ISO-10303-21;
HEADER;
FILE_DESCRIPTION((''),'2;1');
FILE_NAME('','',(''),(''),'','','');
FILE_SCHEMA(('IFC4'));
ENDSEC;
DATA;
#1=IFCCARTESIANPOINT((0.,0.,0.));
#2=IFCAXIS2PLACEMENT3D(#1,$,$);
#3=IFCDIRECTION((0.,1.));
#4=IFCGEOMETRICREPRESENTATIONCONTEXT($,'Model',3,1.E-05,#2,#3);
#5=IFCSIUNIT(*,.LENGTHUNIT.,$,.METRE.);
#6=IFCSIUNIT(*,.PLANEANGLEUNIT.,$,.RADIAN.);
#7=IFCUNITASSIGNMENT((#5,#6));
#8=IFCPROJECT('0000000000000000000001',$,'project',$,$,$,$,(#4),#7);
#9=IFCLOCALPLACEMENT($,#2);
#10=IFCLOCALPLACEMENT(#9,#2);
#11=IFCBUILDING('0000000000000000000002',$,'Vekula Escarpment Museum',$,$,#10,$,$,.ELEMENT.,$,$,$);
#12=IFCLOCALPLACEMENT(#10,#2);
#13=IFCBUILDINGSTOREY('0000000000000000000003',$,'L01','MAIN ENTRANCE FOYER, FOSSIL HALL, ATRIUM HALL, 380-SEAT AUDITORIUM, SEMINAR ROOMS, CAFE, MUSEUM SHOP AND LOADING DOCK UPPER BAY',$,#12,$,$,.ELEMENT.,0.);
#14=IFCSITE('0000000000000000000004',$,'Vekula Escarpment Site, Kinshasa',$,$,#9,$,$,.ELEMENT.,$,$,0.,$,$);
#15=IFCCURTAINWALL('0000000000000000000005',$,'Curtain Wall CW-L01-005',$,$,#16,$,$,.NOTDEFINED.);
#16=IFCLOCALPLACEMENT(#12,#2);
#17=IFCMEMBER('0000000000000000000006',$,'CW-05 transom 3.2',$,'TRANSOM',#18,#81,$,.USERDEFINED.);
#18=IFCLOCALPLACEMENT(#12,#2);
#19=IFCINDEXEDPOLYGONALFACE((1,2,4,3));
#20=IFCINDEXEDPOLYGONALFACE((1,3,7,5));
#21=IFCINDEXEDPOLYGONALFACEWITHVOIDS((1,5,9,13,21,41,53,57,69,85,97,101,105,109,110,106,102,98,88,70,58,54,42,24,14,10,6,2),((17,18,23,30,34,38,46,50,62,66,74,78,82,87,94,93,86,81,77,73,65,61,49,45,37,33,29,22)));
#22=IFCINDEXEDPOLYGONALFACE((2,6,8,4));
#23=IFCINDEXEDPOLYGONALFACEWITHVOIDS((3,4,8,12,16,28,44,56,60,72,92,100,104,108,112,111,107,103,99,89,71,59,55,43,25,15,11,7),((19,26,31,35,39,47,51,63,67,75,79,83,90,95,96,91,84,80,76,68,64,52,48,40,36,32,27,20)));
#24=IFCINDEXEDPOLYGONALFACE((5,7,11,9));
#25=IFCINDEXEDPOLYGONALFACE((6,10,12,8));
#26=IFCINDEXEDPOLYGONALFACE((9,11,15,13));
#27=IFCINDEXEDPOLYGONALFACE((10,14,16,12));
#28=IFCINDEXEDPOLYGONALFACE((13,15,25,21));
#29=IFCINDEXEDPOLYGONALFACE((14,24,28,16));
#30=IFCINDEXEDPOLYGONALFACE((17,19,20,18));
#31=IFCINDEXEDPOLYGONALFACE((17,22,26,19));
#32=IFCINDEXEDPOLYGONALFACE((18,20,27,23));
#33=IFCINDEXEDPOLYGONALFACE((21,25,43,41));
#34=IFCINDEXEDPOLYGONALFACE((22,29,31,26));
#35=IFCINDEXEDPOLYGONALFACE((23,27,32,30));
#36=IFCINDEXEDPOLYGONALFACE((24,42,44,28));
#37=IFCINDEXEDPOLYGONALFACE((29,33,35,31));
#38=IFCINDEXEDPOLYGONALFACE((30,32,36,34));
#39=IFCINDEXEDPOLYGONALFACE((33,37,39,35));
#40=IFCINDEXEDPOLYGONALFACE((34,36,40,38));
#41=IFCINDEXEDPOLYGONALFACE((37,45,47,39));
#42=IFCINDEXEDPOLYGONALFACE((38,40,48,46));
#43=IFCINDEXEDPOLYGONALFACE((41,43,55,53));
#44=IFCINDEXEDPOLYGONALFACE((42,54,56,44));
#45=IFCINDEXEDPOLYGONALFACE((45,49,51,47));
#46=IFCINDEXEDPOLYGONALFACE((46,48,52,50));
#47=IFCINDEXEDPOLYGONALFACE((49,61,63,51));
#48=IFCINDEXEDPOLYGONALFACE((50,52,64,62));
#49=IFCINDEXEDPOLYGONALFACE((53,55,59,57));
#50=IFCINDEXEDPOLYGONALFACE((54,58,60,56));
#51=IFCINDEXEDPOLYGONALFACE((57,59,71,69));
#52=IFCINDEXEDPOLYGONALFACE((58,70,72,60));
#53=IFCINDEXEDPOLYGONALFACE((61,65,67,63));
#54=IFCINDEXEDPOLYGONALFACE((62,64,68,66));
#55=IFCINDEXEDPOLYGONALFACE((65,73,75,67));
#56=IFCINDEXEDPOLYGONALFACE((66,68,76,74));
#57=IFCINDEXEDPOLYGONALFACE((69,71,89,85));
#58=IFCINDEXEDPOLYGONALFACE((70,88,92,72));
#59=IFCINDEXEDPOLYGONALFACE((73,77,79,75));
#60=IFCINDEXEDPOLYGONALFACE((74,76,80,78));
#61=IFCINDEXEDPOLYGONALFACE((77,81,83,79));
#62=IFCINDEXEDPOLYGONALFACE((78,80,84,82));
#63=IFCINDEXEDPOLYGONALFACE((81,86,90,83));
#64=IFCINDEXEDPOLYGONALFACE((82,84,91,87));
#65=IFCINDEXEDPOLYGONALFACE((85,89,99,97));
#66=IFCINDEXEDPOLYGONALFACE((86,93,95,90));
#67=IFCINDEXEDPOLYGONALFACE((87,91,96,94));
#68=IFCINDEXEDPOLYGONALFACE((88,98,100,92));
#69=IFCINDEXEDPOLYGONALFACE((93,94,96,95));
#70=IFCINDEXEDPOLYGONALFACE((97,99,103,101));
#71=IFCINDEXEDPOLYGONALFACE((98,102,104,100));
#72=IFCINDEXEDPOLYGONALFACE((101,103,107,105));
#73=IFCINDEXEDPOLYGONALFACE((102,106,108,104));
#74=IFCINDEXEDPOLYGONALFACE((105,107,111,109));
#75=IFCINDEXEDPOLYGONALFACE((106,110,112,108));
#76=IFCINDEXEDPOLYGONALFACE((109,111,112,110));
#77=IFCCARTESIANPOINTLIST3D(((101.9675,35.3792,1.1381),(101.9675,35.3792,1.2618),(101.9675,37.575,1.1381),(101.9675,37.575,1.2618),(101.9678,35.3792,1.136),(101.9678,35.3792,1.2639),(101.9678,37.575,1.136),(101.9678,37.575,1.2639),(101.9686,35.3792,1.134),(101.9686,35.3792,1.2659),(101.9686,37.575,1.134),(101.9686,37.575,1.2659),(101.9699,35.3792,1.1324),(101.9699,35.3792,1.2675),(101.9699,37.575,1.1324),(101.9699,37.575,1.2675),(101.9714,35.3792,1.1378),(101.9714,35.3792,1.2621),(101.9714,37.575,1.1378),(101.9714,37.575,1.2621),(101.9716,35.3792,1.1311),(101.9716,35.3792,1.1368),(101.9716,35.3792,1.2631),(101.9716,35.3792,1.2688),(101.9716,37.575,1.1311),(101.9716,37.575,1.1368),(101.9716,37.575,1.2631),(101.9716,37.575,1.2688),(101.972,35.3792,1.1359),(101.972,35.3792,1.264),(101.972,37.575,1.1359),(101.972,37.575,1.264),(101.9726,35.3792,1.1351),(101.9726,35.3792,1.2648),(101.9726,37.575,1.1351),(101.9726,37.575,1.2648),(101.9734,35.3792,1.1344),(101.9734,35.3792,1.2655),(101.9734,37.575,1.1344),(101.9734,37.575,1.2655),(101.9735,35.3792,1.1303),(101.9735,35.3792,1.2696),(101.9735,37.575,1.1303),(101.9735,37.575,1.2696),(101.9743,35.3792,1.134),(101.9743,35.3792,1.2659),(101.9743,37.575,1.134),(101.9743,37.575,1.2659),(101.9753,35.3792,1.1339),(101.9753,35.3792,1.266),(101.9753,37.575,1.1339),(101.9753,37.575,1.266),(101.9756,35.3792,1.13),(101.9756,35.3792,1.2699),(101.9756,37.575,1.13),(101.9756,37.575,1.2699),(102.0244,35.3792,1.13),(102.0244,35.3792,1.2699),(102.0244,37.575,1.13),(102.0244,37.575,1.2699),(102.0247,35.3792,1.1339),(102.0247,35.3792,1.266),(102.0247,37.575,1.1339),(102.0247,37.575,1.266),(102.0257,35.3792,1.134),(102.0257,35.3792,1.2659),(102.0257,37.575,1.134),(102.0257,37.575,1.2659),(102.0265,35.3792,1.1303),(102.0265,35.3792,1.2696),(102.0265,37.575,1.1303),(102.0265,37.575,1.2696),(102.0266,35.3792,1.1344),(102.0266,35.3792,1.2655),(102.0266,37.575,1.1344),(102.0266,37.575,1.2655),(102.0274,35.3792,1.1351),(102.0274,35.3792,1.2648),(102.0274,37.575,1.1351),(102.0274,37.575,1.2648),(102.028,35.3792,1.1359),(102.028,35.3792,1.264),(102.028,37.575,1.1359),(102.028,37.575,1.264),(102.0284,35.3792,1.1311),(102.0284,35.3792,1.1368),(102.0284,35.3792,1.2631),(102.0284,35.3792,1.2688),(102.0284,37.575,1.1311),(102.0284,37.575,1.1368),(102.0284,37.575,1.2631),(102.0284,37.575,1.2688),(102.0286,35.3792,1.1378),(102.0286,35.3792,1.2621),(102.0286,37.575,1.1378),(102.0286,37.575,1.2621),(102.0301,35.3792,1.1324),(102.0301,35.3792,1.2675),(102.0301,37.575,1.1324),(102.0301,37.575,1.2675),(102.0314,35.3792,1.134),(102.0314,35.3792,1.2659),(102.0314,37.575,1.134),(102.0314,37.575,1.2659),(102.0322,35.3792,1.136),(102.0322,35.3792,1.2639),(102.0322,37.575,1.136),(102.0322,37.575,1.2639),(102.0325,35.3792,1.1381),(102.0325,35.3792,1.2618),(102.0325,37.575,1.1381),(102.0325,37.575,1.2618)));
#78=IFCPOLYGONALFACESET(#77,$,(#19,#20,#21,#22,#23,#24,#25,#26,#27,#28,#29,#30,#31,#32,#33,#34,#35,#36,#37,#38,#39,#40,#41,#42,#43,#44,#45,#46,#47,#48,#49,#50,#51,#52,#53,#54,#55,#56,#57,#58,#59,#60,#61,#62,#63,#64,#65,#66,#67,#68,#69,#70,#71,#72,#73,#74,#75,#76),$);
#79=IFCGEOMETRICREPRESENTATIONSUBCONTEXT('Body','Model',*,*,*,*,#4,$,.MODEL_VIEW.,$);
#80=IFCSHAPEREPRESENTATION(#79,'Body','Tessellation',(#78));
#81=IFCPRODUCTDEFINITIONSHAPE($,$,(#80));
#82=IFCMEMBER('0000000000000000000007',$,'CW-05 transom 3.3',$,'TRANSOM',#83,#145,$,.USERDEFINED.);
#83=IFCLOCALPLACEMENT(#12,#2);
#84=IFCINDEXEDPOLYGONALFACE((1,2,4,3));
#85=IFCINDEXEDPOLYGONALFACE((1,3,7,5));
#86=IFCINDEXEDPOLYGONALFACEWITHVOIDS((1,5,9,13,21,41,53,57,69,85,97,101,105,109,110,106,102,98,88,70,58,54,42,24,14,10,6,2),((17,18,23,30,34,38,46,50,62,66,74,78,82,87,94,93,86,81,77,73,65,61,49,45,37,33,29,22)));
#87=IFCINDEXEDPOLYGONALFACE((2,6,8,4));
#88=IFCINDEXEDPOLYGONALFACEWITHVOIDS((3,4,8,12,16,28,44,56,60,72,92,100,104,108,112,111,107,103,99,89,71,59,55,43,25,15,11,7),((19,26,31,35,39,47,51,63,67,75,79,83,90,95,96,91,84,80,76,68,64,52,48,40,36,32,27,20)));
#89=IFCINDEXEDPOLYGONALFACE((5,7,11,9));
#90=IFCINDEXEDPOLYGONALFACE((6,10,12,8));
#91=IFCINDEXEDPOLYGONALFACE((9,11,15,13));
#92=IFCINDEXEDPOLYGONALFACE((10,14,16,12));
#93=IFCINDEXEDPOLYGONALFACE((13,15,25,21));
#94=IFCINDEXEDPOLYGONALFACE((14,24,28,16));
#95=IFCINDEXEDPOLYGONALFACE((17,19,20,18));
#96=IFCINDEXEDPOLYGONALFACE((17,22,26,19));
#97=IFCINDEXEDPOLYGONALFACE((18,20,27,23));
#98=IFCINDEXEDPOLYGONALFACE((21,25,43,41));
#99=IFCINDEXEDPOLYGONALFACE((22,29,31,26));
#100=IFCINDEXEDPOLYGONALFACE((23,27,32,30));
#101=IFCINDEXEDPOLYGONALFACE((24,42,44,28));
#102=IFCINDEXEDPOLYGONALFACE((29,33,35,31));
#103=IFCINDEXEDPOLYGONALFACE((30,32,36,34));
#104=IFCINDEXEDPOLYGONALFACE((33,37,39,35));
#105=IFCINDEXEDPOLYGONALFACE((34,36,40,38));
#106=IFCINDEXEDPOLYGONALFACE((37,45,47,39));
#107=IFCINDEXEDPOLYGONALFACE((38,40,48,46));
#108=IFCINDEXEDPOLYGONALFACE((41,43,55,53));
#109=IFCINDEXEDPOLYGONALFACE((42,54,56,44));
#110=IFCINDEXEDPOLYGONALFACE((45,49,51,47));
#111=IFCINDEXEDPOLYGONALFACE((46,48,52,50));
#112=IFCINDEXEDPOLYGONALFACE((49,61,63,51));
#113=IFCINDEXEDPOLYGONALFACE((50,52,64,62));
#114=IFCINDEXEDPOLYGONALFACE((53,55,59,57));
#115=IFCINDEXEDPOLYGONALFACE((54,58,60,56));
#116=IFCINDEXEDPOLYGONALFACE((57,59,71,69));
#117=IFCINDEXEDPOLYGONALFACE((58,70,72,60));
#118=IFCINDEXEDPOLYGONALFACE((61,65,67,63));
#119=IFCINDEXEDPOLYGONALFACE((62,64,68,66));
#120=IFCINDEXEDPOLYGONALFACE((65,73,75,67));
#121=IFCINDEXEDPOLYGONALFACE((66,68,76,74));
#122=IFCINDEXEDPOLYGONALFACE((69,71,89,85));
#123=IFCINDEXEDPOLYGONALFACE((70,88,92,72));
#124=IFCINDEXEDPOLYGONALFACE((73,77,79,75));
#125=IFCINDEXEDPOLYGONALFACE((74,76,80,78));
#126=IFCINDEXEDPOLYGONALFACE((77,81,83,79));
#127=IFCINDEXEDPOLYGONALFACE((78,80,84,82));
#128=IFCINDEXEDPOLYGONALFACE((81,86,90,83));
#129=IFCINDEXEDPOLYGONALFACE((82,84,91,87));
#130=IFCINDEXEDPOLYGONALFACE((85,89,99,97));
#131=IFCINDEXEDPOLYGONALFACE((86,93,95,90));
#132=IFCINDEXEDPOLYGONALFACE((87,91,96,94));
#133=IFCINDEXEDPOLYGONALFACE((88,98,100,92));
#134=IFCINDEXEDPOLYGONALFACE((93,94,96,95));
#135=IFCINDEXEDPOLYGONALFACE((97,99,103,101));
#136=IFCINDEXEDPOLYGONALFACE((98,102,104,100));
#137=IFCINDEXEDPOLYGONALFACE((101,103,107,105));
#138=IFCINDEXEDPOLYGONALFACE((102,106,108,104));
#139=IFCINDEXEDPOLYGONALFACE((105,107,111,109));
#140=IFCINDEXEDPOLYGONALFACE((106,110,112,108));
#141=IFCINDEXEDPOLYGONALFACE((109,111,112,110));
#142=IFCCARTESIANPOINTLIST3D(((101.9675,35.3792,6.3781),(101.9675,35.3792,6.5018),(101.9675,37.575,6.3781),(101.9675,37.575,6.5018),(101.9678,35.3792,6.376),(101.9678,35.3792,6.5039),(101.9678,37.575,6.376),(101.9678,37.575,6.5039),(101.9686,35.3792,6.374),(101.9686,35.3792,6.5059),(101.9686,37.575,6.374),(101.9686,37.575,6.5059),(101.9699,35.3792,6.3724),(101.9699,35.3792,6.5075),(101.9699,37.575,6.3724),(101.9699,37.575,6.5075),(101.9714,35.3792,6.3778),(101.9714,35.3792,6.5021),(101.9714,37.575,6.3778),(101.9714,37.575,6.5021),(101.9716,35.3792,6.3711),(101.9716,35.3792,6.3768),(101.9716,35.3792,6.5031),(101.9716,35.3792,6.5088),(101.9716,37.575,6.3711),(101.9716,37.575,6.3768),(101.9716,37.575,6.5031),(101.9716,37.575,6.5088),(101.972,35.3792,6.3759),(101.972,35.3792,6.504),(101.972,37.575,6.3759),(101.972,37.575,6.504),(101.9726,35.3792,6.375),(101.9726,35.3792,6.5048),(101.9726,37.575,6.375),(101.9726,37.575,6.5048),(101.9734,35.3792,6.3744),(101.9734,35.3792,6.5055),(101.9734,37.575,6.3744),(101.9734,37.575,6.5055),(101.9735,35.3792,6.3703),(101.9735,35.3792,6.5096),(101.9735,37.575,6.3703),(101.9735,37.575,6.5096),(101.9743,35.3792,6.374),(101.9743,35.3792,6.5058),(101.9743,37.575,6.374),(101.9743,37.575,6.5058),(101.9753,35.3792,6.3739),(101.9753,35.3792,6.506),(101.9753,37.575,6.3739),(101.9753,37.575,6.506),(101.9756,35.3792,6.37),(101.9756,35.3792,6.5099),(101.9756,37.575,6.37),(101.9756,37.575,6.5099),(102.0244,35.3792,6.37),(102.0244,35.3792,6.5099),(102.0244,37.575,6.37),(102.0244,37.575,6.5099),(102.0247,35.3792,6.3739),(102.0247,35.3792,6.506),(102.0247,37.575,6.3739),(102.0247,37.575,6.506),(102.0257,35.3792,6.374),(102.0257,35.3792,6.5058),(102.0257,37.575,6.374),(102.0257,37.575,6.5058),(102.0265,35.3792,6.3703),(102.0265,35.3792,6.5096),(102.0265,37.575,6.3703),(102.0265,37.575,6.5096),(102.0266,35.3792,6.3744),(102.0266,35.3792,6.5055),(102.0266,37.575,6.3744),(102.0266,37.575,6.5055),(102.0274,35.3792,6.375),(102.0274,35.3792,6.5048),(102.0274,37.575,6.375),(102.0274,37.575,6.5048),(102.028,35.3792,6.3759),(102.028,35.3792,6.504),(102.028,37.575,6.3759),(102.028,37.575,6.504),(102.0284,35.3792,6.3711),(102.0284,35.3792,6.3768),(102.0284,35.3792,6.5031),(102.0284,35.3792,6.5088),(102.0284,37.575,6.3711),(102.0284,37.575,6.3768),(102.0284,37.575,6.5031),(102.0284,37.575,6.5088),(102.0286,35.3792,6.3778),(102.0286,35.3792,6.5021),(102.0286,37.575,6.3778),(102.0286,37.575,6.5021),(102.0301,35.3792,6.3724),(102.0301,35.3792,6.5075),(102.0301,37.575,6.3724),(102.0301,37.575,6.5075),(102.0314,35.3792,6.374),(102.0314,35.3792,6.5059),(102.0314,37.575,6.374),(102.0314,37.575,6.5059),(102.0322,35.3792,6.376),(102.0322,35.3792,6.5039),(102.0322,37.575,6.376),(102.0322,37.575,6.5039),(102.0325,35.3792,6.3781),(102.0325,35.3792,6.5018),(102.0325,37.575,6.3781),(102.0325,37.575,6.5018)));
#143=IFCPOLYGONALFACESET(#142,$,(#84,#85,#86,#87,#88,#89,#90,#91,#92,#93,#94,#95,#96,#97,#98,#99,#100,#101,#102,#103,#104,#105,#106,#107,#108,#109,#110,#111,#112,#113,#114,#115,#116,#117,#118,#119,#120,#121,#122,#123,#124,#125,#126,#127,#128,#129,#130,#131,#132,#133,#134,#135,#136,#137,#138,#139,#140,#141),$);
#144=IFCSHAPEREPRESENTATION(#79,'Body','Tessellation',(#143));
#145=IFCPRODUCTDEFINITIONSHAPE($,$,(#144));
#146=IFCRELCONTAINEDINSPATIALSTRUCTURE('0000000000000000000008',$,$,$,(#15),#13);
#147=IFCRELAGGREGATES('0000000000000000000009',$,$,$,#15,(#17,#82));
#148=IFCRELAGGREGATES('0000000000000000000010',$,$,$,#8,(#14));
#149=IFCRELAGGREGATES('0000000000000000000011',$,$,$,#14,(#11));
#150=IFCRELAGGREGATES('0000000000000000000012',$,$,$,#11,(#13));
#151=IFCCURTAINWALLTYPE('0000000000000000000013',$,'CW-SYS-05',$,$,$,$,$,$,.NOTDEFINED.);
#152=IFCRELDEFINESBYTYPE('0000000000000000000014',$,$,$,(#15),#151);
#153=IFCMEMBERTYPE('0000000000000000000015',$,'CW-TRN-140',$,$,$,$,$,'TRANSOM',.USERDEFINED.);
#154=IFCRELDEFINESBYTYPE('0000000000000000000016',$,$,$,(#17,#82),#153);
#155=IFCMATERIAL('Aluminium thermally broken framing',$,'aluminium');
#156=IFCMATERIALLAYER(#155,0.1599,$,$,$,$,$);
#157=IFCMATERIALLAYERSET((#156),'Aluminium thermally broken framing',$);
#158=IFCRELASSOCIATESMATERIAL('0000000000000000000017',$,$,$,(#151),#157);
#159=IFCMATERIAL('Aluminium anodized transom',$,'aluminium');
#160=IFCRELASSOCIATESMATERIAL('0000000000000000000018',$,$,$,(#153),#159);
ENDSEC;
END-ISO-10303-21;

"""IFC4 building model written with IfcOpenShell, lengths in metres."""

from ifc_helpers import new_model, si_unit, direction, frame, origin, origin_2d, place, context, subcontext, project, spatial, hollow_rectangle, extrude, material, layer, layer_set, material_profile, profile_set, type_object, element, aggregate, save


model = new_model("IFC4")

# Units and contexts
model_context = context("Model", 3, precision=1e-05, world=origin(), true_north=direction((0.0, 1.0)))
body_context = subcontext(model_context, "Body", "Model", "MODEL_VIEW")
ifc_project = project(units=[si_unit("LENGTHUNIT", "METRE"), si_unit("PLANEANGLEUNIT", "RADIAN")], contexts=[model_context])

# Site, building, storey
site_placement = place(None, origin())
site = spatial("IfcSite", under=ifc_project, at=site_placement, Name="Vekula Escarpment Site, Kinshasa", CompositionType="ELEMENT", RefElevation=0.0)
building_placement = place(site_placement, origin())
building = spatial("IfcBuilding", under=site, at=building_placement, Name="Vekula Escarpment Museum", CompositionType="ELEMENT")
storey_placement = place(building_placement, origin())
storey = spatial("IfcBuildingStorey", under=building, at=storey_placement, Name="L01", Description="MAIN ENTRANCE FOYER, FOSSIL HALL, ATRIUM HALL, 380-SEAT AUDITORIUM, SEMINAR ROOMS, CAFE, MUSEUM SHOP AND LOADING DOCK UPPER BAY", CompositionType="ELEMENT", Elevation=0.0)

# Curtain wall, members
ifc_material_1 = material(Name="Aluminium thermally broken framing", Category="aluminium")
ifc_layer_1 = layer(ifc_material_1, 0.1599)
ifc_layer_set_1 = layer_set([ifc_layer_1], Name="Aluminium thermally broken framing")
curtain_wall_type = type_object("IfcCurtainWallType", Name="CW-SYS-05", PredefinedType="NOTDEFINED", material=ifc_layer_set_1)
curtain_wall_placement = place(storey_placement, origin())
curtain_wall = element("IfcCurtainWall", 1, at=curtain_wall_placement, inside=storey, type_object=curtain_wall_type, Name="Curtain Wall CW-L01-005", PredefinedType="NOTDEFINED")
ifc_material_2 = material(Name="Aluminium anodized transom", Category="aluminium")
ifc_material_profile_1 = material_profile(ifc_material_2, hollow_rectangle(XDim=0.0649, YDim=0.1399, WallThickness=0.0039, InnerFilletRadius=0.0039, OuterFilletRadius=0.0081, at=origin_2d()), Name="ALU 140x65x4")
ifc_profile_set_1 = profile_set([ifc_material_profile_1], Name="Aluminium anodized transom")
member_type_1 = type_object("IfcMemberType", Name="CW-TRN-140", ElementType="TRANSOM", PredefinedType="USERDEFINED", material=ifc_profile_set_1)
member_1_placement = place(storey_placement, frame((102.0, 35.3792, 1.2), z_axis=(0.0, 1.0, 0.0), x_axis=(-1.0, 0.0, 0.0)))
member_1 = element("IfcMember", 2, at=member_1_placement, type_object=member_type_1, Name="CW-05 transom 3.2", ObjectType="TRANSOM", PredefinedType="USERDEFINED", context=body_context, shape_type="SweptSolid", body=[
    extrude(hollow_rectangle(XDim=0.0649, YDim=0.1399, WallThickness=0.0039, InnerFilletRadius=0.0039, OuterFilletRadius=0.0081, at=origin_2d()), origin(), (0.0, 0.0, 1.0), 2.1958),
])
member_2_placement = place(storey_placement, frame((102.0, 35.3792, 6.4399), z_axis=(0.0, 1.0, 0.0), x_axis=(-1.0, 0.0, 0.0)))
member_2 = element("IfcMember", 3, at=member_2_placement, type_object=member_type_1, Name="CW-05 transom 3.3", ObjectType="TRANSOM", PredefinedType="USERDEFINED", context=body_context, shape_type="SweptSolid", body=[
    extrude(hollow_rectangle(XDim=0.0649, YDim=0.1399, WallThickness=0.0039, InnerFilletRadius=0.0039, OuterFilletRadius=0.0081, at=origin_2d()), origin(), (0.0, 0.0, 1.0), 2.1958),
])

aggregate(curtain_wall, [member_1, member_2])

save(model, "model.ifc")
